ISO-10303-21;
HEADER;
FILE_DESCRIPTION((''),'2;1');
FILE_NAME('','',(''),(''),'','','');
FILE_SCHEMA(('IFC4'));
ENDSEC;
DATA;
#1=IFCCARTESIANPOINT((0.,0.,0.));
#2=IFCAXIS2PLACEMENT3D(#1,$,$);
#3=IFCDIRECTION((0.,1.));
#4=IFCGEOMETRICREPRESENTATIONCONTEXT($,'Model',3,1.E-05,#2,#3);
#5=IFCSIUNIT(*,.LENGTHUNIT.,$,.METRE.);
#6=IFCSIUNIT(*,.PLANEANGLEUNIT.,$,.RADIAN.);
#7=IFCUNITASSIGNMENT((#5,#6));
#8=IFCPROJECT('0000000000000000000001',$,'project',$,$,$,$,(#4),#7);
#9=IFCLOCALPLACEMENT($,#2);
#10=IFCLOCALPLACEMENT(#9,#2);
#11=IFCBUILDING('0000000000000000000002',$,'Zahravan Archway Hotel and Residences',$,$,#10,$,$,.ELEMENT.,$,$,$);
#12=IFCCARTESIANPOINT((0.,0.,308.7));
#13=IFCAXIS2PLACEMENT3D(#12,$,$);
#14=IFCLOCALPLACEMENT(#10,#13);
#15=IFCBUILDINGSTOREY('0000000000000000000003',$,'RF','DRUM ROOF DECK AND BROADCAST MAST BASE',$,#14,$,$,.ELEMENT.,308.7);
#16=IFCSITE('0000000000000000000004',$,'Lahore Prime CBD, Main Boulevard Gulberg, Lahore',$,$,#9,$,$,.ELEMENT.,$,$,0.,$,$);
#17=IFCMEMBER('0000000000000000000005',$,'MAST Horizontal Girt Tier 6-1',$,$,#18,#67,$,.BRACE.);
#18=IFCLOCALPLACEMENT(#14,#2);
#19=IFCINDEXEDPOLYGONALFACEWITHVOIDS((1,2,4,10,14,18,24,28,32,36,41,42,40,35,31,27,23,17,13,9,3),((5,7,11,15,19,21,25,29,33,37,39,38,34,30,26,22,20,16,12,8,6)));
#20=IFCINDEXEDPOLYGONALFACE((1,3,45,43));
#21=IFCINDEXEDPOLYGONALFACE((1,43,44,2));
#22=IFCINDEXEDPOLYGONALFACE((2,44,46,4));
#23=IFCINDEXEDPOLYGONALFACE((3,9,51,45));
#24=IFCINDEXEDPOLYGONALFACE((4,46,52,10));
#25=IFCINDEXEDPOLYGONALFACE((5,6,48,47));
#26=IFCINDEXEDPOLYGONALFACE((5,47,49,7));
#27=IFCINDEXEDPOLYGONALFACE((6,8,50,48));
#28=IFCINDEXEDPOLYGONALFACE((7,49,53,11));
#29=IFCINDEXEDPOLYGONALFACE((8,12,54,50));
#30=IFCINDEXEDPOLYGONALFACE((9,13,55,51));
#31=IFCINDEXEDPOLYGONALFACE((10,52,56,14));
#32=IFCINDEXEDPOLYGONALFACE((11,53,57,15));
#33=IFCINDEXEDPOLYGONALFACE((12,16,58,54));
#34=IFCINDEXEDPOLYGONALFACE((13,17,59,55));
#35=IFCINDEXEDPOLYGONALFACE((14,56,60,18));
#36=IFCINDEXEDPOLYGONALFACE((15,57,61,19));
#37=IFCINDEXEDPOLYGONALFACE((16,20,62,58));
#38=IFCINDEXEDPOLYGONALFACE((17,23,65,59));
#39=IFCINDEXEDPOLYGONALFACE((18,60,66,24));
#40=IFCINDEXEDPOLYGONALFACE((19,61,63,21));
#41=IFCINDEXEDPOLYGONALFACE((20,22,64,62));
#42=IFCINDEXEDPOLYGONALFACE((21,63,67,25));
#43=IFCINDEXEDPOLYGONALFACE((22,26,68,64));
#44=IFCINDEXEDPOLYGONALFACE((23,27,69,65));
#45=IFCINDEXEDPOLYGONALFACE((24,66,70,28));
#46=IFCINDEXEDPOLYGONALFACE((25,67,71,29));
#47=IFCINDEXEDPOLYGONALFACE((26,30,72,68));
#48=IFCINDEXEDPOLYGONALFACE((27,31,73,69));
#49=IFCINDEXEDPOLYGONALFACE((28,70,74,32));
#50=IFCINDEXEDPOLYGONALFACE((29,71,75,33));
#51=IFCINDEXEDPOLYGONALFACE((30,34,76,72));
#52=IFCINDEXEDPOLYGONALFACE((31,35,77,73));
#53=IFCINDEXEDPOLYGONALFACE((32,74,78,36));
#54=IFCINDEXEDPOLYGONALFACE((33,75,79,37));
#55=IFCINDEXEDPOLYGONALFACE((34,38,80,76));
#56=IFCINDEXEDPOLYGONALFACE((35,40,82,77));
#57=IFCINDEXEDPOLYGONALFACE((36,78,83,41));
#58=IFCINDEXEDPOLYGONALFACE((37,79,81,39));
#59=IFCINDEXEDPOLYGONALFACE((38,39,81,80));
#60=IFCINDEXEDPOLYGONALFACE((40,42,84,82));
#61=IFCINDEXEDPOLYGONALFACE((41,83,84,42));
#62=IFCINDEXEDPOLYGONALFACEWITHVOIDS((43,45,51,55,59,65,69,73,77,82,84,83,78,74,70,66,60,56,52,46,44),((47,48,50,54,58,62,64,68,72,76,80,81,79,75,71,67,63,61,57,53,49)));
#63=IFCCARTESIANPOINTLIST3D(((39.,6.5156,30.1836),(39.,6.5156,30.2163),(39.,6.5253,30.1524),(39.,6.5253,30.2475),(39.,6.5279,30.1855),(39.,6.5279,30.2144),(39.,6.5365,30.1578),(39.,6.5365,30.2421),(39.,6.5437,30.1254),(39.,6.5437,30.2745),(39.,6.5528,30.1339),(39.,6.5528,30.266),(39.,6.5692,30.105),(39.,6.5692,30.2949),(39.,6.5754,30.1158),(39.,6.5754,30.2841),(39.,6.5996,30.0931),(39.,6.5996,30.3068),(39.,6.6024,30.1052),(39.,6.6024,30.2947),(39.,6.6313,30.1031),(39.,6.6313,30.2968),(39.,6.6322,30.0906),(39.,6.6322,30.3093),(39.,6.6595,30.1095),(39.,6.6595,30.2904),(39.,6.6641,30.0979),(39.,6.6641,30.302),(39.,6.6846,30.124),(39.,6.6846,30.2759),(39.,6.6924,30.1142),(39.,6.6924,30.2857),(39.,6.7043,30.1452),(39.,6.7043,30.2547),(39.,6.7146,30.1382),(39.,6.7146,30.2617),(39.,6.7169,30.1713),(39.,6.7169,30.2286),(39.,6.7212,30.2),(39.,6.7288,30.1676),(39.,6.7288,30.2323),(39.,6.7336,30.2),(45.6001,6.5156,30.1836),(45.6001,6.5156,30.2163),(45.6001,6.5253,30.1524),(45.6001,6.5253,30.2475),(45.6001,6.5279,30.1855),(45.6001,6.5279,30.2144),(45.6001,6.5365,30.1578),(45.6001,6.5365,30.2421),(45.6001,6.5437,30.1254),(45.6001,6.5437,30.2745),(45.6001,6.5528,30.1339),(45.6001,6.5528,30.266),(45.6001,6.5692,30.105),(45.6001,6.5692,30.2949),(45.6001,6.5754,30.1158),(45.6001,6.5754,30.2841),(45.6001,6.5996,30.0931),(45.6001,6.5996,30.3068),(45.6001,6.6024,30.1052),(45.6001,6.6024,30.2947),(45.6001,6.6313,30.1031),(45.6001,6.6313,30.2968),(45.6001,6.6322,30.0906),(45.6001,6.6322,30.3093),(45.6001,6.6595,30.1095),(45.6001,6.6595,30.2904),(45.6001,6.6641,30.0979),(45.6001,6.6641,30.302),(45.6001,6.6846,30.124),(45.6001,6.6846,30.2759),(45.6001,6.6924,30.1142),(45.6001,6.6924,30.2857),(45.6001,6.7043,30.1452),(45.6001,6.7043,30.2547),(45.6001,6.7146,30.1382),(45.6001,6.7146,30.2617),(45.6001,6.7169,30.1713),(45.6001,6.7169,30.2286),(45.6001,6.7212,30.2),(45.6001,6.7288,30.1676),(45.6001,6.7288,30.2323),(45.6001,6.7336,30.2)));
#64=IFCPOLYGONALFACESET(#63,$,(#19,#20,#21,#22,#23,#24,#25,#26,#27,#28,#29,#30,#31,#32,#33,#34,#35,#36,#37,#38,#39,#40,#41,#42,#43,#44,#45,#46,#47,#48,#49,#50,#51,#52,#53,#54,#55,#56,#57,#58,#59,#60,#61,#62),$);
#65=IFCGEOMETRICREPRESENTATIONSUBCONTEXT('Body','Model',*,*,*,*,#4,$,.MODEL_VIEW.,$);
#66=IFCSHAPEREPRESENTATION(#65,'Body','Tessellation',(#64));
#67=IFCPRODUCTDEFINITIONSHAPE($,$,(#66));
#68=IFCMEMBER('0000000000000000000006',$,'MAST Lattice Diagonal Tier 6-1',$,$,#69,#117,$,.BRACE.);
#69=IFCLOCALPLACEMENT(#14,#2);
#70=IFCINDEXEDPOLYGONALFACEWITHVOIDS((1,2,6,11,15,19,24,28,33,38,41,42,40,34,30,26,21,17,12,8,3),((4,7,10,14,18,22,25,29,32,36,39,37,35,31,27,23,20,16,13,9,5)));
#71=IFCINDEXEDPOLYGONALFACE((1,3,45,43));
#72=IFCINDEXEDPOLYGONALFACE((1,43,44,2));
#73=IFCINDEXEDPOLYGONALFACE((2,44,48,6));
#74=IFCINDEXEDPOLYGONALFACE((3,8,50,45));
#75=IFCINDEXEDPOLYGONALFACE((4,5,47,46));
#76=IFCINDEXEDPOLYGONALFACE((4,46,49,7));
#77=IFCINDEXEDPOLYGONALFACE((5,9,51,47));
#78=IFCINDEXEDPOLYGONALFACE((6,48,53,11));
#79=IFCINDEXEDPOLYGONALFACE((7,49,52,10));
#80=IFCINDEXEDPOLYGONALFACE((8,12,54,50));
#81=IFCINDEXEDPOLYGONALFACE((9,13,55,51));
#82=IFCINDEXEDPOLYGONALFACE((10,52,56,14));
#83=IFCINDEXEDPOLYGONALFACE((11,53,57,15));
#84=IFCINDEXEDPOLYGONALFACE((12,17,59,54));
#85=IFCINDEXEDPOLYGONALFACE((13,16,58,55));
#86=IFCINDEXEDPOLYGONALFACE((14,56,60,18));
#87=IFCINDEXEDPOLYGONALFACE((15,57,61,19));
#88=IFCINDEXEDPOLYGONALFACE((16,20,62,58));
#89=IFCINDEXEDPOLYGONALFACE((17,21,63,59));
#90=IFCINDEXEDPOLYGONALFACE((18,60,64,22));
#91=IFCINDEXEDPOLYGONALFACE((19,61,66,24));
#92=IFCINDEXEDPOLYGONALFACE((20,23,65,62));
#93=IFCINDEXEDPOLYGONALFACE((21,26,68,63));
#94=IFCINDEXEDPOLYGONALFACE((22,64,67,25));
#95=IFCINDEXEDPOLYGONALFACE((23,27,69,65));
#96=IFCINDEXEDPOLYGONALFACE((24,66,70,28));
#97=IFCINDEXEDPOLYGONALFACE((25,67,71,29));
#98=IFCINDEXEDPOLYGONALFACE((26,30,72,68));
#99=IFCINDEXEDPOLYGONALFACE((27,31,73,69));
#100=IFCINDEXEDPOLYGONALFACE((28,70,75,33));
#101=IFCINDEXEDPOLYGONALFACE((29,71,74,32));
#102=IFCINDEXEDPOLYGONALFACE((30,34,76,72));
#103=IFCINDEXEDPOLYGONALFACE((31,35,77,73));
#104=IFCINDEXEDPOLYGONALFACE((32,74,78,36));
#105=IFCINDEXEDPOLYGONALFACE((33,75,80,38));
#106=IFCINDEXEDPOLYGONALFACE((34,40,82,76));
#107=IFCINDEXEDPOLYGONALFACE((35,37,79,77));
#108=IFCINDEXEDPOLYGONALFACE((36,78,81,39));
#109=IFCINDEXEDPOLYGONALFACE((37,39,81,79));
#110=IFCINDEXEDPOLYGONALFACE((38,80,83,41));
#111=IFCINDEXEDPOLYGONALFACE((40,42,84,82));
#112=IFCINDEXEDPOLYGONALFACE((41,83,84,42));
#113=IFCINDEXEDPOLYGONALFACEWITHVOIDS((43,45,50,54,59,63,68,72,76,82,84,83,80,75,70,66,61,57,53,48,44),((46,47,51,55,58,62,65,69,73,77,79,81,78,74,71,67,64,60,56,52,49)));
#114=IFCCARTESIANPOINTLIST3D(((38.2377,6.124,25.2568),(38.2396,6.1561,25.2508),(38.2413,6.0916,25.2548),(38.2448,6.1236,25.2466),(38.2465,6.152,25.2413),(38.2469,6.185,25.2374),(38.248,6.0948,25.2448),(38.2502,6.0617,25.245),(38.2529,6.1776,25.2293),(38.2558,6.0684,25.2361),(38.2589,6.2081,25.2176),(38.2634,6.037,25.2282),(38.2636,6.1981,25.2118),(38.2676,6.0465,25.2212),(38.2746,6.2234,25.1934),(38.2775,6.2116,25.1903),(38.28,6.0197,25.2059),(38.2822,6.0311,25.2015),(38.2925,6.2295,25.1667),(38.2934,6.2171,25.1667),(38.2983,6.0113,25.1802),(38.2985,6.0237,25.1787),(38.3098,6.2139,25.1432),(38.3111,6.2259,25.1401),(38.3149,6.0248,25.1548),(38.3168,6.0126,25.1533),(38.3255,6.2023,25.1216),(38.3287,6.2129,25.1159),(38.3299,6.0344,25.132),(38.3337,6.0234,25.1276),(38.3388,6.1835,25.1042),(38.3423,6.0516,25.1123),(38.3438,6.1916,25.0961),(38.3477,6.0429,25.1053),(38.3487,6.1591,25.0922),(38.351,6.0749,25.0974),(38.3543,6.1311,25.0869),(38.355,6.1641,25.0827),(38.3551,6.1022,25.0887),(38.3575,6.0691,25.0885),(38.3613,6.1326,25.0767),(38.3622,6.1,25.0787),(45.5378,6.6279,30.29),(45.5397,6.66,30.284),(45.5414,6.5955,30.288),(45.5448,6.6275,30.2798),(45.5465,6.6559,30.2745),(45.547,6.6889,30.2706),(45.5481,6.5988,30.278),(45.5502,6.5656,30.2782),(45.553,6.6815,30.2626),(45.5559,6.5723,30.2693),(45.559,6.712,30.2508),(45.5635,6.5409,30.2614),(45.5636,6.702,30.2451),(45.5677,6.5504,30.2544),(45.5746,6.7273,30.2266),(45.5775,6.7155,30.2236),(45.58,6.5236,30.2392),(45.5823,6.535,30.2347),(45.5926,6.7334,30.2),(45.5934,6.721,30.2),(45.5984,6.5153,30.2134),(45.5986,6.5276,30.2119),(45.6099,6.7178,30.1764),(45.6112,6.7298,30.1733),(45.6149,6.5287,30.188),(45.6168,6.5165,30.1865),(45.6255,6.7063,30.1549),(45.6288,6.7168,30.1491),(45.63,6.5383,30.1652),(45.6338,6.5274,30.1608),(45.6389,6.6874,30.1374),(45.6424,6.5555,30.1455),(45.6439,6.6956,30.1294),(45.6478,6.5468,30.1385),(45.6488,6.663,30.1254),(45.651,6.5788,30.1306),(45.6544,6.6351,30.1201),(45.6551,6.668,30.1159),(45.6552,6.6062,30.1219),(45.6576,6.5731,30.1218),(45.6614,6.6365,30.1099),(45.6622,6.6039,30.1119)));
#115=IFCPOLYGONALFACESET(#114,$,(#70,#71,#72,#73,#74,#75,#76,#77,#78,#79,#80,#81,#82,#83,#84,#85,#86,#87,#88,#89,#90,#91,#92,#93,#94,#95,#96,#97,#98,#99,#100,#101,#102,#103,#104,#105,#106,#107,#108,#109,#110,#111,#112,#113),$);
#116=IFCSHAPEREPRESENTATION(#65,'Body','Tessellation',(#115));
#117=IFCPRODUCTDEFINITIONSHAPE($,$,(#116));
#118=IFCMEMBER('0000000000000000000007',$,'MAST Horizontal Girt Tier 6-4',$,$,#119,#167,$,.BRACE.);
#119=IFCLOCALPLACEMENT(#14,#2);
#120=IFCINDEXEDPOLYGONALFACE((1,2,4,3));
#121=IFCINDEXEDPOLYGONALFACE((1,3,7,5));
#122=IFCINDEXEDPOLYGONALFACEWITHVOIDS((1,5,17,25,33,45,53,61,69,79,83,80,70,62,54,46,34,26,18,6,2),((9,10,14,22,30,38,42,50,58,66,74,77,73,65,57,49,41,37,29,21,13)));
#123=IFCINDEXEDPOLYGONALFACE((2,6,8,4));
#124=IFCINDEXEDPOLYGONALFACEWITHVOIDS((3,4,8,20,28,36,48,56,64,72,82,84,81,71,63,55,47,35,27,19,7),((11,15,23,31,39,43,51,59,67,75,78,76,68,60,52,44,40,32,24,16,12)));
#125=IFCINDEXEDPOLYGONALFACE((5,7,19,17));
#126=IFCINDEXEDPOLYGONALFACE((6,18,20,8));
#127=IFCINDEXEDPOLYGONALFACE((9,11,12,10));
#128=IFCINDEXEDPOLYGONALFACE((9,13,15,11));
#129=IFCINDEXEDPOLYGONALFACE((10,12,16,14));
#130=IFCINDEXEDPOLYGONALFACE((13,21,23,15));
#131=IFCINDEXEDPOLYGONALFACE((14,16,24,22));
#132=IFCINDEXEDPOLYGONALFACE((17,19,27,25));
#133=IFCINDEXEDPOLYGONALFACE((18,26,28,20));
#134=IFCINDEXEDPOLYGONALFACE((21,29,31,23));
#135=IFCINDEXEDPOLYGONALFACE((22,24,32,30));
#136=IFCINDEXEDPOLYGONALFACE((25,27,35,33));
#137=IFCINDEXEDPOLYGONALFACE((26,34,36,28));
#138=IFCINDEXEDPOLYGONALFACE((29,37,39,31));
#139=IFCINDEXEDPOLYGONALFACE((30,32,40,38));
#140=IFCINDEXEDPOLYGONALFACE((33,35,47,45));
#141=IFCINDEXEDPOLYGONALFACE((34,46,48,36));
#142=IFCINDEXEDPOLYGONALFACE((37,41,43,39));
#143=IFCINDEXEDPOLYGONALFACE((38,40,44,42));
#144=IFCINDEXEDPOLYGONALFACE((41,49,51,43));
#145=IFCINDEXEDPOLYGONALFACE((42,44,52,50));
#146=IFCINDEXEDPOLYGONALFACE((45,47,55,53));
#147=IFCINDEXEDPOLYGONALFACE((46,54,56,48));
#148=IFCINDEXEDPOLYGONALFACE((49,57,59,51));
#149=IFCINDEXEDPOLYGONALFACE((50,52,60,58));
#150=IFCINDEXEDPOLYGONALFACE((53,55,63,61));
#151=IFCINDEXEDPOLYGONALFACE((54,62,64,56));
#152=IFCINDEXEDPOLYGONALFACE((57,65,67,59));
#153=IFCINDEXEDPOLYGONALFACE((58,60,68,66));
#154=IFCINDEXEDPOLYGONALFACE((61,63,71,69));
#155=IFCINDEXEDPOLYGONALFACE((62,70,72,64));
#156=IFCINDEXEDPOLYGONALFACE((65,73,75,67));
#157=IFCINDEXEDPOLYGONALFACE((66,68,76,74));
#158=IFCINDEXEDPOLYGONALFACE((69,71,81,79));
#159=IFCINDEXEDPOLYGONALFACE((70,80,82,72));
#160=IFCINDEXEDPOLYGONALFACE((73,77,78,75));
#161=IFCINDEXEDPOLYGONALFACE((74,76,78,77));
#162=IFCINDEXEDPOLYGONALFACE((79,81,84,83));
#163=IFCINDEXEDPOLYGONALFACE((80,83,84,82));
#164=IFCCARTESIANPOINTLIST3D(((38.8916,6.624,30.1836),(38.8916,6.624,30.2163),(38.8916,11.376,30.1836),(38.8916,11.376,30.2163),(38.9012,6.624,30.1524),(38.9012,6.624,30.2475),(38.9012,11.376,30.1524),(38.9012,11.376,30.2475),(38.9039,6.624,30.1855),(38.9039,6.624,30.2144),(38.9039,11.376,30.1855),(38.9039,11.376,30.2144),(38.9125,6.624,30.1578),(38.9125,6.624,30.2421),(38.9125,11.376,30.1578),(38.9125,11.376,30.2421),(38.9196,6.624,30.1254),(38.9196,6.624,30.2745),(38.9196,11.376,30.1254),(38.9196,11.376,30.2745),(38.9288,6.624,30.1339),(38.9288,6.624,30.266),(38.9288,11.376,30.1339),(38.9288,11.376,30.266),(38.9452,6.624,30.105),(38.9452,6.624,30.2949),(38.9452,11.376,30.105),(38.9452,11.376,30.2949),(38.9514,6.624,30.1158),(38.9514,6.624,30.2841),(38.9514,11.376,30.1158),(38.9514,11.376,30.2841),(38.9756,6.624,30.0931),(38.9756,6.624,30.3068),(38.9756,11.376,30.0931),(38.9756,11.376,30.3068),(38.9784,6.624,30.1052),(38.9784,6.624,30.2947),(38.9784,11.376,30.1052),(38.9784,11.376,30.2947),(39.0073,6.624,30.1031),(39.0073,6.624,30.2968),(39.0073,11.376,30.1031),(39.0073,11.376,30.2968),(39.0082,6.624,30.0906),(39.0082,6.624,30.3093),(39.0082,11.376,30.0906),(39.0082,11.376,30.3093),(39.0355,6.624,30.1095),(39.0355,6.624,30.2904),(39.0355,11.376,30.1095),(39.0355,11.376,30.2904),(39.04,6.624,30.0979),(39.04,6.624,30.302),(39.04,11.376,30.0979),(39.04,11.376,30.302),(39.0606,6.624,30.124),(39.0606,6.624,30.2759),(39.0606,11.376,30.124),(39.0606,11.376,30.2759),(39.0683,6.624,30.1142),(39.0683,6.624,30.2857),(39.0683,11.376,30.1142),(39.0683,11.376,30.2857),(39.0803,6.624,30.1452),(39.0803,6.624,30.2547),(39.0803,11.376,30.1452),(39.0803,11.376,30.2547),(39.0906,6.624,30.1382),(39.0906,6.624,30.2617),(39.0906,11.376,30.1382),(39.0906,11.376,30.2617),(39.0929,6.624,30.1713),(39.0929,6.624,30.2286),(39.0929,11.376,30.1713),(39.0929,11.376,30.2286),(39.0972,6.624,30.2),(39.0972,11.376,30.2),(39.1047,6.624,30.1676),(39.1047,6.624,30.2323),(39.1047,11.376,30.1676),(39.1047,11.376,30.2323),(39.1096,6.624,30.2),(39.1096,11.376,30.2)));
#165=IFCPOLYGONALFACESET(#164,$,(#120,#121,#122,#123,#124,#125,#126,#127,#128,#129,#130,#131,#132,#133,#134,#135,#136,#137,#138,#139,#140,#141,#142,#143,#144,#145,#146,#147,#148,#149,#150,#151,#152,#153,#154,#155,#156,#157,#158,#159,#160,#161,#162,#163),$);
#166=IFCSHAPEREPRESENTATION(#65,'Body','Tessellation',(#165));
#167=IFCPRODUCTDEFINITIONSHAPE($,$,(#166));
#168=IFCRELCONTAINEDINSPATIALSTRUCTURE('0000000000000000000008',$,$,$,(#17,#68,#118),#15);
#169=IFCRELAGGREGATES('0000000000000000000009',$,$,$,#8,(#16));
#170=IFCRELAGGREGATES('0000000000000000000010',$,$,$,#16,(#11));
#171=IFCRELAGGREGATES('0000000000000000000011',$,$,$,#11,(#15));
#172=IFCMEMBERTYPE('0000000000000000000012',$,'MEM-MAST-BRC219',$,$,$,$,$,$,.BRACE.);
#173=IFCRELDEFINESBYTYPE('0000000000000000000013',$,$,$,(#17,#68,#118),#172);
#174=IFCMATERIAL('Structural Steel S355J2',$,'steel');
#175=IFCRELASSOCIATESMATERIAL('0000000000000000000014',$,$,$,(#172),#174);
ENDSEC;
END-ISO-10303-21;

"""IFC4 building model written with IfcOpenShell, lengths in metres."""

from ifc_helpers import new_model, si_unit, direction, frame, origin, origin_2d, place, context, subcontext, project, spatial, hollow_circle, extrude, source, transform, mapped, material, material_profile, profile_set, type_object, type_shapes, element, save


model = new_model("IFC4")

# Units and contexts
model_context = context("Model", 3, precision=1e-05, world=origin(), true_north=direction((0.0, 1.0)))
body_context = subcontext(model_context, "Body", "Model", "MODEL_VIEW")
ifc_project = project(units=[si_unit("LENGTHUNIT", "METRE"), si_unit("PLANEANGLEUNIT", "RADIAN")], contexts=[model_context])

# Site, building, storey
site_placement = place(None, origin())
site = spatial("IfcSite", under=ifc_project, at=site_placement, Name="Lahore Prime CBD, Main Boulevard Gulberg, Lahore", CompositionType="ELEMENT", RefElevation=0.0)
building_placement = place(site_placement, origin())
building = spatial("IfcBuilding", under=site, at=building_placement, Name="Zahravan Archway Hotel and Residences", CompositionType="ELEMENT")
storey_placement = place(building_placement, frame((0.0, 0.0, 308.7)))
storey = spatial("IfcBuildingStorey", under=building, at=storey_placement, Name="RF", Description="DRUM ROOF DECK AND BROADCAST MAST BASE", CompositionType="ELEMENT", Elevation=308.7)

# Members
ifc_material_1 = material(Name="Structural Steel S355J2", Category="steel")
ifc_material_profile_1 = material_profile(ifc_material_1, hollow_circle(Radius=0.1096, WallThickness=0.0125, at=origin_2d()), Name="CHS 219.1x12.5", Category="steel")
ifc_profile_set_1 = profile_set([ifc_material_profile_1], Name="Structural Steel S355J2")
member_type_1 = type_object("IfcMemberType", Name="MEM-MAST-BRC219", PredefinedType="BRACE", material=ifc_profile_set_1)
shared_shape_1 = source(origin(), body_context, "Body", "SweptSolid", [
    extrude(hollow_circle(Radius=0.1096, WallThickness=0.0125, at=origin_2d()), origin(), (0.0, 0.0, 1.0), 6.6001),
])
type_shapes(member_type_1, [shared_shape_1])
member_1_placement = place(storey_placement, frame((39.0, 6.624, 30.2), z_axis=(1.0, 0.0, 0.0), x_axis=(0.0, 1.0, 0.0)))
element("IfcMember", 1, at=member_1_placement, inside=storey, type_object=member_type_1, Name="MAST Horizontal Girt Tier 6-1", PredefinedType="BRACE", context=body_context, shape_type="MappedRepresentation", body=[
    mapped(shared_shape_1, transform((0.0, 0.0, 0.0), scale=1.0)),
])
shared_shape_2 = source(origin(), body_context, "Body", "SweptSolid", [
    extrude(hollow_circle(Radius=0.1096, WallThickness=0.0125, at=origin_2d()), origin(), (0.0, 0.0, 1.0), 8.8813),
])
member_2_placement = place(storey_placement, frame((38.3, 6.1201, 25.1667), z_axis=(0.821956, 0.056738, 0.566718), x_axis=(-0.068864, 0.997626, 0.0)))
element("IfcMember", 2, at=member_2_placement, inside=storey, type_object=member_type_1, Name="MAST Lattice Diagonal Tier 6-1", PredefinedType="BRACE", context=body_context, shape_type="MappedRepresentation", body=[
    mapped(shared_shape_2, transform((0.0, 0.0, 0.0), scale=1.0)),
])
shared_shape_3 = source(origin(), body_context, "Body", "SweptSolid", [
    extrude(hollow_circle(Radius=0.1096, WallThickness=0.0125, at=origin_2d()), origin(), (0.0, 0.0, 1.0), 4.752),
])
member_3_placement = place(storey_placement, frame((39.0, 11.376, 30.2), z_axis=(0.0, -1.0, 0.0), x_axis=(1.0, 0.0, 0.0)))
element("IfcMember", 3, at=member_3_placement, inside=storey, type_object=member_type_1, Name="MAST Horizontal Girt Tier 6-4", PredefinedType="BRACE", context=body_context, shape_type="MappedRepresentation", body=[
    mapped(shared_shape_3, transform((0.0, 0.0, 0.0), scale=1.0)),
])

save(model, "model.ifc")
